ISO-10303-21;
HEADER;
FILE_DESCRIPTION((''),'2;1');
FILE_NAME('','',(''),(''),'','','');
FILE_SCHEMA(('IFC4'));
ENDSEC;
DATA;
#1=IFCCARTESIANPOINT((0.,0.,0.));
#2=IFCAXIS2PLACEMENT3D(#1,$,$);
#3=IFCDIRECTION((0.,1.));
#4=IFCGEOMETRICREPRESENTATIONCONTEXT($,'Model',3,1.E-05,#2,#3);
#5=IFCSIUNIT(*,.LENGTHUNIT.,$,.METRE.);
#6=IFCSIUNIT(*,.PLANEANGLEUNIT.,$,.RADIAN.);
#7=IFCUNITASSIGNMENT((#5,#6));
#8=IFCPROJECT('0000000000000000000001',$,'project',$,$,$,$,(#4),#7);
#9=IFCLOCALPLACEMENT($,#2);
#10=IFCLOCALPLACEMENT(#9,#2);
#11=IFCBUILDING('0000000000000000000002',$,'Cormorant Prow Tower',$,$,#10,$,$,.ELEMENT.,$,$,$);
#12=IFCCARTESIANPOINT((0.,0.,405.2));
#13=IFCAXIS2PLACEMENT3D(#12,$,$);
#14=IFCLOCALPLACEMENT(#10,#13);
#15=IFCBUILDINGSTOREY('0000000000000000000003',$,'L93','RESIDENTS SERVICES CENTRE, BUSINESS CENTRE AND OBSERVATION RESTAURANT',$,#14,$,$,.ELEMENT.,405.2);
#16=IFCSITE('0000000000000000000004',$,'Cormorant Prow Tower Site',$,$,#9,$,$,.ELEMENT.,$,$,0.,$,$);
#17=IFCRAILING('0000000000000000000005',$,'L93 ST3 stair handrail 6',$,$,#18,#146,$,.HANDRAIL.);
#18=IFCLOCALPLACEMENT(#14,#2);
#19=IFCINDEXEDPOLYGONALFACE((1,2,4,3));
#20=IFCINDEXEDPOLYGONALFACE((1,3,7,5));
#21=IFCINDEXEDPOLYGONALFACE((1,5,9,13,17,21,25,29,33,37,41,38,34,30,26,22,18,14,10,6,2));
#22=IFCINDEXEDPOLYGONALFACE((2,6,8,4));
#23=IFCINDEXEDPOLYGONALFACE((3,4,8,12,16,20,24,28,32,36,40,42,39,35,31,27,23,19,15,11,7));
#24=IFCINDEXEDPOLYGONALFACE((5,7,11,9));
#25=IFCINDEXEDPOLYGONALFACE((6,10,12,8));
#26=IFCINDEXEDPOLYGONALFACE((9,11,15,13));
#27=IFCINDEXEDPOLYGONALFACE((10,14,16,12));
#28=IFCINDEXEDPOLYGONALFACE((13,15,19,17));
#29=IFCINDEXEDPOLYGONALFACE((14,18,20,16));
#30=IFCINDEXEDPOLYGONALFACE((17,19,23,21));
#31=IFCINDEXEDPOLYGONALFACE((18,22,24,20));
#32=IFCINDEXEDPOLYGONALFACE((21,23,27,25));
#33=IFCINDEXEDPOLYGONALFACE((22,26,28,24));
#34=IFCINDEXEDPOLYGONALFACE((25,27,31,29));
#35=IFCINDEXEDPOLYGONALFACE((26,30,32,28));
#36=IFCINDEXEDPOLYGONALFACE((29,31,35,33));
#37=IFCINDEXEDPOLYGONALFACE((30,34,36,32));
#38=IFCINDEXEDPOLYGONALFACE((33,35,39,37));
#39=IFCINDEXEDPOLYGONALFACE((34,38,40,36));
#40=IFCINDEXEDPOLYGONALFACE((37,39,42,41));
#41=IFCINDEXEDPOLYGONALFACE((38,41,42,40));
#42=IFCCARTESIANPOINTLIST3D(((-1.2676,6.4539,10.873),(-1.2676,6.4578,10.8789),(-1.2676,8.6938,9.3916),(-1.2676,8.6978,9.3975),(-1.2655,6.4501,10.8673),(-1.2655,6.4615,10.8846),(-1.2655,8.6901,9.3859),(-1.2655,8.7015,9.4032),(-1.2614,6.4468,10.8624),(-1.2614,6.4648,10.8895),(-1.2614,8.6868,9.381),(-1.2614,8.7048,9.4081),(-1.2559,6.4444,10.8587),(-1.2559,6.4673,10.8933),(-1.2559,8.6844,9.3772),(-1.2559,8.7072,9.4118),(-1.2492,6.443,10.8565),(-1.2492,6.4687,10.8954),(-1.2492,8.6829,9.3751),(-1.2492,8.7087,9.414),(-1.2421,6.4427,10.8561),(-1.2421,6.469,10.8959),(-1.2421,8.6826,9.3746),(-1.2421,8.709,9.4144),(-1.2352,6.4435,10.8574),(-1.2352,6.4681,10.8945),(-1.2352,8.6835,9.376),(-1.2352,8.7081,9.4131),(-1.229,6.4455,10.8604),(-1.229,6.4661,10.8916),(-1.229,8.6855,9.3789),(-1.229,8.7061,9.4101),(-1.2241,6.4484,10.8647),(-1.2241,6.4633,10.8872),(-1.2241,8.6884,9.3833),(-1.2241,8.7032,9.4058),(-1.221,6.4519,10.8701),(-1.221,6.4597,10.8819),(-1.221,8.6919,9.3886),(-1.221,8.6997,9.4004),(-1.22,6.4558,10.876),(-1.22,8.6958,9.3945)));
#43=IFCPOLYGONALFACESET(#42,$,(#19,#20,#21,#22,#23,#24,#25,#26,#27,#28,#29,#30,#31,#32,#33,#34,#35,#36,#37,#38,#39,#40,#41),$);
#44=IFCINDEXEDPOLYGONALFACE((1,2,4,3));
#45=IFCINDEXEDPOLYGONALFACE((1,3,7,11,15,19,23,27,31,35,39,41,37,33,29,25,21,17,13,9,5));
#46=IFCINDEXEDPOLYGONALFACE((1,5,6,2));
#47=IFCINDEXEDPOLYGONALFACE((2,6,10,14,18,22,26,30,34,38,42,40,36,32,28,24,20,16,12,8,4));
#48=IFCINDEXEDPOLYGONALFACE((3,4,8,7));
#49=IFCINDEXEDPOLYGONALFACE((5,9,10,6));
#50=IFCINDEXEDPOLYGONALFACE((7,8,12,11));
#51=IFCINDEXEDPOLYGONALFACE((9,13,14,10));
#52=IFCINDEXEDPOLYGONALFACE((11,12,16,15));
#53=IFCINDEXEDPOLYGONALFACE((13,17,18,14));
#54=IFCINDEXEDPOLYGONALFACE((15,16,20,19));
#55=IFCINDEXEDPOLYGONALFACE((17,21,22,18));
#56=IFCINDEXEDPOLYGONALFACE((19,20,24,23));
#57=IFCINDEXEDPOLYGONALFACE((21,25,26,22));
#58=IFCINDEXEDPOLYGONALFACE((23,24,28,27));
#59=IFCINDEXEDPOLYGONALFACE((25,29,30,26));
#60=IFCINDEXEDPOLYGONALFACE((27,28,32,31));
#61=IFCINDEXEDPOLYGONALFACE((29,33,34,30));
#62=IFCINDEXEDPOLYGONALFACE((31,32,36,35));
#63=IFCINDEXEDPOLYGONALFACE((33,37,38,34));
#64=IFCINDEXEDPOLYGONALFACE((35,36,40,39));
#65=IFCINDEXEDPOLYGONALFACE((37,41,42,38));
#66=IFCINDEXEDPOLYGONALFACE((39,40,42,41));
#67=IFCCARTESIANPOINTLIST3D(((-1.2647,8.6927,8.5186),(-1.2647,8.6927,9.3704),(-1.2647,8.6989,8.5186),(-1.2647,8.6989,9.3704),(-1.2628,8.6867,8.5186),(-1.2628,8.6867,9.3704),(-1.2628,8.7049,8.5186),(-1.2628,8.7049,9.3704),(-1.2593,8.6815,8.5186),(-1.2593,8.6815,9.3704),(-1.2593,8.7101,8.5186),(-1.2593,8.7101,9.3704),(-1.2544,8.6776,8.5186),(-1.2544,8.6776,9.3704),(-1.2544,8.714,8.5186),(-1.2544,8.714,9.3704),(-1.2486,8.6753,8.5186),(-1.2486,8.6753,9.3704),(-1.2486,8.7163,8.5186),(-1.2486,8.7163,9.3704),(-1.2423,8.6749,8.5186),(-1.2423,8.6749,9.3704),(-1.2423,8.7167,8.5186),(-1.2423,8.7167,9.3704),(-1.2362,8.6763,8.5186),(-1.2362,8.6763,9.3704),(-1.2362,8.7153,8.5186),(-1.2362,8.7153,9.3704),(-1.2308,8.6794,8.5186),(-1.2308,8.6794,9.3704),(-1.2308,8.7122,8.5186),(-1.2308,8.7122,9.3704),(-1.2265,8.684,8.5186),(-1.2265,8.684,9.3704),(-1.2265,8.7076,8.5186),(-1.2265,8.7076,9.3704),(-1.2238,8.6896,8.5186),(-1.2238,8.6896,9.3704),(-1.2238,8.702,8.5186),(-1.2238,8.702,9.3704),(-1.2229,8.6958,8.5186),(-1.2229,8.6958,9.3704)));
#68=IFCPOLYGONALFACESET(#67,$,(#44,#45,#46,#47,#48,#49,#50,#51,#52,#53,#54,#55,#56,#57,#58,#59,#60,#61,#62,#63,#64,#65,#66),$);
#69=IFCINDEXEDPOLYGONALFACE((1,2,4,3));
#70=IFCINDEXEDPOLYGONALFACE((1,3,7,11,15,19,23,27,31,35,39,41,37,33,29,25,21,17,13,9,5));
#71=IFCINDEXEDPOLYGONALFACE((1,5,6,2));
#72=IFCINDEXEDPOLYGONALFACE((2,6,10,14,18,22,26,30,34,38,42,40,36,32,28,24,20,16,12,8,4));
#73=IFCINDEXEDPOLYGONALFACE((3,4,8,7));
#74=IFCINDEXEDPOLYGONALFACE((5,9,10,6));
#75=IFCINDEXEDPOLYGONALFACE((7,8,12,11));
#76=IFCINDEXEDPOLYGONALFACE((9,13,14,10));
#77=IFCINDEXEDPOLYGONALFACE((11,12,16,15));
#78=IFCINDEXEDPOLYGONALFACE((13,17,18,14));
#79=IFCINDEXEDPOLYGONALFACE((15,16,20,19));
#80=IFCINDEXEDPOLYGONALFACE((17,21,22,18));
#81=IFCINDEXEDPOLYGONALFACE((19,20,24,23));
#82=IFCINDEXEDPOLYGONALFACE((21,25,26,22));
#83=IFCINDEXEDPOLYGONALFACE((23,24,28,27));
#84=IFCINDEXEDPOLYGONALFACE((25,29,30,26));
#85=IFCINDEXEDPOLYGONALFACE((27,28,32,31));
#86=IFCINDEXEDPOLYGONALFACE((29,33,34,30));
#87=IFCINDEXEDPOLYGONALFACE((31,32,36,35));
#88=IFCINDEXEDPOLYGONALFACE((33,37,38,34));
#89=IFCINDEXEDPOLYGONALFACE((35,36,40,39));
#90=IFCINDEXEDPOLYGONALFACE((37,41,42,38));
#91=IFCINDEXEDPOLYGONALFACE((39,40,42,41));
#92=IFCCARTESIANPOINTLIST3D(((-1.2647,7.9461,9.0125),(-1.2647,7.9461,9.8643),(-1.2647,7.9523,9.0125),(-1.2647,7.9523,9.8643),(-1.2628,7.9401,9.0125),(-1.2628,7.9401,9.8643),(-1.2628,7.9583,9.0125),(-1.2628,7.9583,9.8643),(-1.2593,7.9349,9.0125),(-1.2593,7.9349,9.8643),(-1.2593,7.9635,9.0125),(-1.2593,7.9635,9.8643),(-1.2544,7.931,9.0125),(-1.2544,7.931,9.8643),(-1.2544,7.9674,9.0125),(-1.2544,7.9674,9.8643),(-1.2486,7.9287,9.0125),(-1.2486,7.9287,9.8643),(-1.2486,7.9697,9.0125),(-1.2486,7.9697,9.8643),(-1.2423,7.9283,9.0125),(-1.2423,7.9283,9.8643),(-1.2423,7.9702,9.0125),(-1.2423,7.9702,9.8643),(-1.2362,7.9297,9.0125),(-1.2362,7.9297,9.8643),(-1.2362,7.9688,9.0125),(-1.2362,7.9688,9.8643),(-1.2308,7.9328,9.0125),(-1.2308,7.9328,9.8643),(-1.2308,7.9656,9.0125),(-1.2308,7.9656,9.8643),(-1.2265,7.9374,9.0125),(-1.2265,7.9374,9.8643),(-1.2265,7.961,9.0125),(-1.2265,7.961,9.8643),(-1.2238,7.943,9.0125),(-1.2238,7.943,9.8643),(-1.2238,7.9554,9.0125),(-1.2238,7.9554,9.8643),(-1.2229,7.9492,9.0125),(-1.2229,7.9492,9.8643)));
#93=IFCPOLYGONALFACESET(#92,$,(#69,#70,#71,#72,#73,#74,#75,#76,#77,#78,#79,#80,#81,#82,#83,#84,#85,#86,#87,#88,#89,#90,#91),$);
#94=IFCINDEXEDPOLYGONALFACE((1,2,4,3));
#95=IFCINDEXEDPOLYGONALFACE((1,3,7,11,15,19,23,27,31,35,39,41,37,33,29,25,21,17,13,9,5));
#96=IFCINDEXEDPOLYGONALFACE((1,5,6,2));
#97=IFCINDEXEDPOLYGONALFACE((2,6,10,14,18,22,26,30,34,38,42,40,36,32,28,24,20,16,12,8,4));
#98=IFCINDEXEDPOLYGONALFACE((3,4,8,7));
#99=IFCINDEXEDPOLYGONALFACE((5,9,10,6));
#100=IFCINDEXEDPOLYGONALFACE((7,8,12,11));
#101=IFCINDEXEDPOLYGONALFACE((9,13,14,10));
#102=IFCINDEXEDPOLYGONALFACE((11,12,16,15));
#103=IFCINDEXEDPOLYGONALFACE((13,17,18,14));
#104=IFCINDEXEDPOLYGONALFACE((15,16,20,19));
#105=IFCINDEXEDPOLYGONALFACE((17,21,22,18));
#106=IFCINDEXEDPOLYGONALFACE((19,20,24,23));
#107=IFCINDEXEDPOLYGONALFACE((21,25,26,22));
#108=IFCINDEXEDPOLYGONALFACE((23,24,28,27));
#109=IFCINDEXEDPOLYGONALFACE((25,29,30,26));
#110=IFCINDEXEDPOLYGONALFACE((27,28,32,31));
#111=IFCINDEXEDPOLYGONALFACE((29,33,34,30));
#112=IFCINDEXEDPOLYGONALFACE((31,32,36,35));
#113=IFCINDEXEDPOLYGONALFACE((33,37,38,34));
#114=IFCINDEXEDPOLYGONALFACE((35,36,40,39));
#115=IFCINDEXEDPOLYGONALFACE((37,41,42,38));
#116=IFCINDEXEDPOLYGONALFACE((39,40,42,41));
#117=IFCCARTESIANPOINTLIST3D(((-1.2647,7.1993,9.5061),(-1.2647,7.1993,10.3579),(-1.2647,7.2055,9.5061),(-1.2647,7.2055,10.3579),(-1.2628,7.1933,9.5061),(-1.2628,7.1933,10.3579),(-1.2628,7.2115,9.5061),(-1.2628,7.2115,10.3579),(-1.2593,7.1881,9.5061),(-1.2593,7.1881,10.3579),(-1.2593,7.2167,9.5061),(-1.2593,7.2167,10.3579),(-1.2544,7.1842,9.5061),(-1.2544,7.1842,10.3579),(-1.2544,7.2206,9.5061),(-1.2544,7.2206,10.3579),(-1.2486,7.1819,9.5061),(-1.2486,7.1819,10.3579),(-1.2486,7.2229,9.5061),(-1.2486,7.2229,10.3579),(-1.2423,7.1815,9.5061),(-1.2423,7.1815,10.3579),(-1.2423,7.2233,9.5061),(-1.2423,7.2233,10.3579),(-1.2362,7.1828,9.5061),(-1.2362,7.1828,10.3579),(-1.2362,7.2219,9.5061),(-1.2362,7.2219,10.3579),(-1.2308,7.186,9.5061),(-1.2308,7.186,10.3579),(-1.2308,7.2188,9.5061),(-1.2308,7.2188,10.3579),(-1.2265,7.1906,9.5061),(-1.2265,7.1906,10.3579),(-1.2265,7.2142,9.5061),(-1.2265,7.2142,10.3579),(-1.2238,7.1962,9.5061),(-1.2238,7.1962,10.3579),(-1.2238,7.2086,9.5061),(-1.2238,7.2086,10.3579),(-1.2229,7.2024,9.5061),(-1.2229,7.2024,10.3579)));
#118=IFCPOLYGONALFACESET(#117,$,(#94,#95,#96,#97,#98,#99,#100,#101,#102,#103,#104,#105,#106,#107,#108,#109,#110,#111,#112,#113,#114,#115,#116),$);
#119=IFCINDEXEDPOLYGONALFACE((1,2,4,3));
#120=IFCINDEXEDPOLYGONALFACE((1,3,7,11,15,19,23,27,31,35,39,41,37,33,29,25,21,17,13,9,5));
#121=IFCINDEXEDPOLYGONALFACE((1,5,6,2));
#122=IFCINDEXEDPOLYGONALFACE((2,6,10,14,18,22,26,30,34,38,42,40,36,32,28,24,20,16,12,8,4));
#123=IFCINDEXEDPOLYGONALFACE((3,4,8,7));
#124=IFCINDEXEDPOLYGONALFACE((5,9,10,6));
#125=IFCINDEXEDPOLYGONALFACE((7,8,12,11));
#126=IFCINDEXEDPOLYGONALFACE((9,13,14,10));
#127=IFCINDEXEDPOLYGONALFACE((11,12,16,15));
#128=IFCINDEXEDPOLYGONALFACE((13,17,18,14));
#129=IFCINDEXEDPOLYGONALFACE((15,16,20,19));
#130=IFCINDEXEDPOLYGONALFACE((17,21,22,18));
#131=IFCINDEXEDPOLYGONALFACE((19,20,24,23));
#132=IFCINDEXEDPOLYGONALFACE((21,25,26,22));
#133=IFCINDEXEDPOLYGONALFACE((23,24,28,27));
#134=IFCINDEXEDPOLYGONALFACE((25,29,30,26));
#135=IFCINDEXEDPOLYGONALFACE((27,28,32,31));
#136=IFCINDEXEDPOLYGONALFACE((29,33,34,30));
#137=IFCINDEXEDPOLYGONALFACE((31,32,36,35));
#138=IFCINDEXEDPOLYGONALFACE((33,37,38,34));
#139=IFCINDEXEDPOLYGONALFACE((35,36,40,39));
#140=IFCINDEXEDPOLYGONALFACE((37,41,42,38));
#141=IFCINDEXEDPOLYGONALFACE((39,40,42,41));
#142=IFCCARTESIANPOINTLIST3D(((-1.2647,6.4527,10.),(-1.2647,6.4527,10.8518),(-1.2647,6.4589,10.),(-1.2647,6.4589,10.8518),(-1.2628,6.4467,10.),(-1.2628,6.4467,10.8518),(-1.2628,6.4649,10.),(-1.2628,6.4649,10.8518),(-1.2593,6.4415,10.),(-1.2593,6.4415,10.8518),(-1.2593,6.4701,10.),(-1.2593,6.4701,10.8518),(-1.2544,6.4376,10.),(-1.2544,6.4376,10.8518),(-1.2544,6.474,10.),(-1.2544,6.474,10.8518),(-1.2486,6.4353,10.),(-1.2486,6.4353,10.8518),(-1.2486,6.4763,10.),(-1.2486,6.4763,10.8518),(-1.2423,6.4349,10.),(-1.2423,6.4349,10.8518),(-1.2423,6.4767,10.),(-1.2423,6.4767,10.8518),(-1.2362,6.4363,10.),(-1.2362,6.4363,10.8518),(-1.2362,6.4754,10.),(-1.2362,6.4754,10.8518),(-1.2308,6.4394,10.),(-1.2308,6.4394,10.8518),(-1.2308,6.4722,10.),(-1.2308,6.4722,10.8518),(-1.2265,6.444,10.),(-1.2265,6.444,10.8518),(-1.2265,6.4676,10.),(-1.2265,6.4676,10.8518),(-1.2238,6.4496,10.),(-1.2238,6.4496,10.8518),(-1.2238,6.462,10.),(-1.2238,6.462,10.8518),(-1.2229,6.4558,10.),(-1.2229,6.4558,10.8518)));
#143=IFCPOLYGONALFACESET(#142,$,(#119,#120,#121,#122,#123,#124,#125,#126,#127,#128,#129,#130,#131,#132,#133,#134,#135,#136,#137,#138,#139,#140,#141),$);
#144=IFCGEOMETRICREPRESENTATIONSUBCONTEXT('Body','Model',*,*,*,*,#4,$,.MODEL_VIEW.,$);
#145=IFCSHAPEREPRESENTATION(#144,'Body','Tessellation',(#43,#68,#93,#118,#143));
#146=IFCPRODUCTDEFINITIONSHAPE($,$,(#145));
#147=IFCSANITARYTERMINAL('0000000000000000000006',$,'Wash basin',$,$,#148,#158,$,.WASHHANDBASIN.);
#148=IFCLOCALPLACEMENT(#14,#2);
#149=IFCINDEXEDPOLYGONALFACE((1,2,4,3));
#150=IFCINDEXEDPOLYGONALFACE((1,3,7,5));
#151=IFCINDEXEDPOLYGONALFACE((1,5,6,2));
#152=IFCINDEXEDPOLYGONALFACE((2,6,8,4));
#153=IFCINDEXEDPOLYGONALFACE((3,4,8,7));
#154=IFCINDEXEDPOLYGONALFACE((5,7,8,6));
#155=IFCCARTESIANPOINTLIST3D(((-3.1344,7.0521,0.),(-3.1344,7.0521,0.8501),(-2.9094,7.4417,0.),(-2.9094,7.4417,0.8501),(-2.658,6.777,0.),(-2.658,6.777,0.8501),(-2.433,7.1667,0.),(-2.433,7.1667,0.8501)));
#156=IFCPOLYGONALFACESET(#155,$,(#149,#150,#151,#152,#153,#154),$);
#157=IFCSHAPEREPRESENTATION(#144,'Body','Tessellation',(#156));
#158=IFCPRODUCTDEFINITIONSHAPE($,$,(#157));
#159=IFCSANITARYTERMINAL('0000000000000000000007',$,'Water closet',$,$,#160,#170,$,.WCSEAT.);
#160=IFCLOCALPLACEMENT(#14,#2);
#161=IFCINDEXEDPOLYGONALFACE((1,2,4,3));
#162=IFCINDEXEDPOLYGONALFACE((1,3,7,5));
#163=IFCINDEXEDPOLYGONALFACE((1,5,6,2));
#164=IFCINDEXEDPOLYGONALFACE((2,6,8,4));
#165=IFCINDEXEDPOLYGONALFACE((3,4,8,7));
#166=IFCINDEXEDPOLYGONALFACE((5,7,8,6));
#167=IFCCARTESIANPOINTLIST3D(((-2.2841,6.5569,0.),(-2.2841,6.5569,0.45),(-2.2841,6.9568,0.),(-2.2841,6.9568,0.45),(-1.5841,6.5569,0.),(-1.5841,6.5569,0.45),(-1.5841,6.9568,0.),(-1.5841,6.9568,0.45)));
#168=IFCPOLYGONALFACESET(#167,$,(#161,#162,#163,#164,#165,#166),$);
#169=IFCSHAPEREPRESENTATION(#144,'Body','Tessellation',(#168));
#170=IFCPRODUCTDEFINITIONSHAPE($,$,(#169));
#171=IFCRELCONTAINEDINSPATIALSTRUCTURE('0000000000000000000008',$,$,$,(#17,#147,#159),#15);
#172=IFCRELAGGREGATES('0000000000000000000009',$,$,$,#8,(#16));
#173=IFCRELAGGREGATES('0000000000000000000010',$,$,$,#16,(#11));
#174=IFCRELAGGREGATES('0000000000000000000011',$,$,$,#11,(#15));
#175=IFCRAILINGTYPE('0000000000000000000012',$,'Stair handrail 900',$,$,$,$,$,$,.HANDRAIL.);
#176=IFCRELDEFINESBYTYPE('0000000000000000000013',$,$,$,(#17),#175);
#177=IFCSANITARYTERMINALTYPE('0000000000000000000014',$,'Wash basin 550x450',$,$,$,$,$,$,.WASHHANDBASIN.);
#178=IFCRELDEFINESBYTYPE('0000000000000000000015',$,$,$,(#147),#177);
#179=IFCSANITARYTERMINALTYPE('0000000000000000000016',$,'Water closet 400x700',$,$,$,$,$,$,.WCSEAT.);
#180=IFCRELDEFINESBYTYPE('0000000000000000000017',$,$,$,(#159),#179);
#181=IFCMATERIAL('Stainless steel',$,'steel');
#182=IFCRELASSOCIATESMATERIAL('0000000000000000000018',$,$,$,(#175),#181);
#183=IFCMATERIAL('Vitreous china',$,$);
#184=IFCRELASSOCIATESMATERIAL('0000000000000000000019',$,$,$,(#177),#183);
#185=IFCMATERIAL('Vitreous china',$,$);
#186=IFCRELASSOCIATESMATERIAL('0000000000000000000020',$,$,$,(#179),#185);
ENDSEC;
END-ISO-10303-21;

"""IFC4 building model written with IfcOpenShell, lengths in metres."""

from ifc_helpers import new_model, si_unit, direction, frame, origin, origin_2d, place, context, subcontext, project, spatial, rectangle, circle, extrude, material, type_object, element, save


model = new_model("IFC4")

# Units and contexts
model_context = context("Model", 3, precision=1e-05, world=origin(), true_north=direction((0.0, 1.0)))
body_context = subcontext(model_context, "Body", "Model", "MODEL_VIEW")
ifc_project = project(units=[si_unit("LENGTHUNIT", "METRE"), si_unit("PLANEANGLEUNIT", "RADIAN")], contexts=[model_context])

# Site, building, storey
site_placement = place(None, origin())
site = spatial("IfcSite", under=ifc_project, at=site_placement, Name="Cormorant Prow Tower Site", CompositionType="ELEMENT", RefElevation=0.0)
building_placement = place(site_placement, origin())
building = spatial("IfcBuilding", under=site, at=building_placement, Name="Cormorant Prow Tower", CompositionType="ELEMENT")
storey_placement = place(building_placement, frame((0.0, 0.0, 405.2)))
storey = spatial("IfcBuildingStorey", under=building, at=storey_placement, Name="L93", Description="RESIDENTS SERVICES CENTRE, BUSINESS CENTRE AND OBSERVATION RESTAURANT", CompositionType="ELEMENT", Elevation=405.2)

# Railing
ifc_material_1 = material(Name="Stainless steel", Category="steel")
railing_type = type_object("IfcRailingType", Name="Stair handrail 900", PredefinedType="HANDRAIL", material=ifc_material_1)
for number, where, name in (
    (1, (-1.2439, 8.6958, 8.5186), "L93 ST3 stair handrail 6"),
):
    element("IfcRailing", number, at=place(storey_placement, frame(where)), inside=storey, type_object=railing_type, Name=name, PredefinedType="HANDRAIL", context=body_context, shape_type="SweptSolid", body=[
        extrude(circle(Radius=0.0239, at=origin_2d()), frame((0.0, 0.0, 0.876), z_axis=(0.0, -0.834087, 0.551634), x_axis=(1.0, 0.0, 0.0)), (0.0, 0.0, 1.0), 2.6855),
        extrude(circle(Radius=0.021, at=origin_2d()), origin(), (0.0, 0.0, 1.0), 0.8518),
        extrude(circle(Radius=0.021, at=origin_2d()), frame((0.0, -0.7466, 0.4939)), (0.0, 0.0, 1.0), 0.8518),
        extrude(circle(Radius=0.021, at=origin_2d()), frame((0.0, -1.4934, 0.9875)), (0.0, 0.0, 1.0), 0.8518),
        extrude(circle(Radius=0.021, at=origin_2d()), frame((0.0, -2.24, 1.4814)), (0.0, 0.0, 1.0), 0.8518),
    ])

# Sanitary terminals
ifc_material_2 = material(Name="Vitreous china")
sanitary_terminal_type_1 = type_object("IfcSanitaryTerminalType", Name="Wash basin 550x450", PredefinedType="WASHHANDBASIN", material=ifc_material_2)
sanitary_terminal_1_placement = place(storey_placement, frame((-2.7837, 7.1094, 0.0), z_axis=(0.0, 0.0, 1.0), x_axis=(0.866025, -0.5, 0.0)))
element("IfcSanitaryTerminal", 2, at=sanitary_terminal_1_placement, inside=storey, type_object=sanitary_terminal_type_1, Name="Wash basin", PredefinedType="WASHHANDBASIN", context=body_context, shape_type="SweptSolid", body=[
    extrude(rectangle(XDim=0.55, YDim=0.45, at=origin_2d()), origin(), (0.0, 0.0, 1.0), 0.8501),
])
ifc_material_3 = material(Name="Vitreous china")
sanitary_terminal_type_2 = type_object("IfcSanitaryTerminalType", Name="Water closet 400x700", PredefinedType="WCSEAT", material=ifc_material_3)
sanitary_terminal_2_placement = place(storey_placement, frame((-1.9341, 6.7568, 0.0), z_axis=(0.0, 0.0, 1.0), x_axis=(0.0, 1.0, 0.0)))
element("IfcSanitaryTerminal", 3, at=sanitary_terminal_2_placement, inside=storey, type_object=sanitary_terminal_type_2, Name="Water closet", PredefinedType="WCSEAT", context=body_context, shape_type="SweptSolid", body=[
    extrude(rectangle(XDim=0.3999, YDim=0.7, at=origin_2d()), origin(), (0.0, 0.0, 1.0), 0.45),
])

save(model, "model.ifc")
